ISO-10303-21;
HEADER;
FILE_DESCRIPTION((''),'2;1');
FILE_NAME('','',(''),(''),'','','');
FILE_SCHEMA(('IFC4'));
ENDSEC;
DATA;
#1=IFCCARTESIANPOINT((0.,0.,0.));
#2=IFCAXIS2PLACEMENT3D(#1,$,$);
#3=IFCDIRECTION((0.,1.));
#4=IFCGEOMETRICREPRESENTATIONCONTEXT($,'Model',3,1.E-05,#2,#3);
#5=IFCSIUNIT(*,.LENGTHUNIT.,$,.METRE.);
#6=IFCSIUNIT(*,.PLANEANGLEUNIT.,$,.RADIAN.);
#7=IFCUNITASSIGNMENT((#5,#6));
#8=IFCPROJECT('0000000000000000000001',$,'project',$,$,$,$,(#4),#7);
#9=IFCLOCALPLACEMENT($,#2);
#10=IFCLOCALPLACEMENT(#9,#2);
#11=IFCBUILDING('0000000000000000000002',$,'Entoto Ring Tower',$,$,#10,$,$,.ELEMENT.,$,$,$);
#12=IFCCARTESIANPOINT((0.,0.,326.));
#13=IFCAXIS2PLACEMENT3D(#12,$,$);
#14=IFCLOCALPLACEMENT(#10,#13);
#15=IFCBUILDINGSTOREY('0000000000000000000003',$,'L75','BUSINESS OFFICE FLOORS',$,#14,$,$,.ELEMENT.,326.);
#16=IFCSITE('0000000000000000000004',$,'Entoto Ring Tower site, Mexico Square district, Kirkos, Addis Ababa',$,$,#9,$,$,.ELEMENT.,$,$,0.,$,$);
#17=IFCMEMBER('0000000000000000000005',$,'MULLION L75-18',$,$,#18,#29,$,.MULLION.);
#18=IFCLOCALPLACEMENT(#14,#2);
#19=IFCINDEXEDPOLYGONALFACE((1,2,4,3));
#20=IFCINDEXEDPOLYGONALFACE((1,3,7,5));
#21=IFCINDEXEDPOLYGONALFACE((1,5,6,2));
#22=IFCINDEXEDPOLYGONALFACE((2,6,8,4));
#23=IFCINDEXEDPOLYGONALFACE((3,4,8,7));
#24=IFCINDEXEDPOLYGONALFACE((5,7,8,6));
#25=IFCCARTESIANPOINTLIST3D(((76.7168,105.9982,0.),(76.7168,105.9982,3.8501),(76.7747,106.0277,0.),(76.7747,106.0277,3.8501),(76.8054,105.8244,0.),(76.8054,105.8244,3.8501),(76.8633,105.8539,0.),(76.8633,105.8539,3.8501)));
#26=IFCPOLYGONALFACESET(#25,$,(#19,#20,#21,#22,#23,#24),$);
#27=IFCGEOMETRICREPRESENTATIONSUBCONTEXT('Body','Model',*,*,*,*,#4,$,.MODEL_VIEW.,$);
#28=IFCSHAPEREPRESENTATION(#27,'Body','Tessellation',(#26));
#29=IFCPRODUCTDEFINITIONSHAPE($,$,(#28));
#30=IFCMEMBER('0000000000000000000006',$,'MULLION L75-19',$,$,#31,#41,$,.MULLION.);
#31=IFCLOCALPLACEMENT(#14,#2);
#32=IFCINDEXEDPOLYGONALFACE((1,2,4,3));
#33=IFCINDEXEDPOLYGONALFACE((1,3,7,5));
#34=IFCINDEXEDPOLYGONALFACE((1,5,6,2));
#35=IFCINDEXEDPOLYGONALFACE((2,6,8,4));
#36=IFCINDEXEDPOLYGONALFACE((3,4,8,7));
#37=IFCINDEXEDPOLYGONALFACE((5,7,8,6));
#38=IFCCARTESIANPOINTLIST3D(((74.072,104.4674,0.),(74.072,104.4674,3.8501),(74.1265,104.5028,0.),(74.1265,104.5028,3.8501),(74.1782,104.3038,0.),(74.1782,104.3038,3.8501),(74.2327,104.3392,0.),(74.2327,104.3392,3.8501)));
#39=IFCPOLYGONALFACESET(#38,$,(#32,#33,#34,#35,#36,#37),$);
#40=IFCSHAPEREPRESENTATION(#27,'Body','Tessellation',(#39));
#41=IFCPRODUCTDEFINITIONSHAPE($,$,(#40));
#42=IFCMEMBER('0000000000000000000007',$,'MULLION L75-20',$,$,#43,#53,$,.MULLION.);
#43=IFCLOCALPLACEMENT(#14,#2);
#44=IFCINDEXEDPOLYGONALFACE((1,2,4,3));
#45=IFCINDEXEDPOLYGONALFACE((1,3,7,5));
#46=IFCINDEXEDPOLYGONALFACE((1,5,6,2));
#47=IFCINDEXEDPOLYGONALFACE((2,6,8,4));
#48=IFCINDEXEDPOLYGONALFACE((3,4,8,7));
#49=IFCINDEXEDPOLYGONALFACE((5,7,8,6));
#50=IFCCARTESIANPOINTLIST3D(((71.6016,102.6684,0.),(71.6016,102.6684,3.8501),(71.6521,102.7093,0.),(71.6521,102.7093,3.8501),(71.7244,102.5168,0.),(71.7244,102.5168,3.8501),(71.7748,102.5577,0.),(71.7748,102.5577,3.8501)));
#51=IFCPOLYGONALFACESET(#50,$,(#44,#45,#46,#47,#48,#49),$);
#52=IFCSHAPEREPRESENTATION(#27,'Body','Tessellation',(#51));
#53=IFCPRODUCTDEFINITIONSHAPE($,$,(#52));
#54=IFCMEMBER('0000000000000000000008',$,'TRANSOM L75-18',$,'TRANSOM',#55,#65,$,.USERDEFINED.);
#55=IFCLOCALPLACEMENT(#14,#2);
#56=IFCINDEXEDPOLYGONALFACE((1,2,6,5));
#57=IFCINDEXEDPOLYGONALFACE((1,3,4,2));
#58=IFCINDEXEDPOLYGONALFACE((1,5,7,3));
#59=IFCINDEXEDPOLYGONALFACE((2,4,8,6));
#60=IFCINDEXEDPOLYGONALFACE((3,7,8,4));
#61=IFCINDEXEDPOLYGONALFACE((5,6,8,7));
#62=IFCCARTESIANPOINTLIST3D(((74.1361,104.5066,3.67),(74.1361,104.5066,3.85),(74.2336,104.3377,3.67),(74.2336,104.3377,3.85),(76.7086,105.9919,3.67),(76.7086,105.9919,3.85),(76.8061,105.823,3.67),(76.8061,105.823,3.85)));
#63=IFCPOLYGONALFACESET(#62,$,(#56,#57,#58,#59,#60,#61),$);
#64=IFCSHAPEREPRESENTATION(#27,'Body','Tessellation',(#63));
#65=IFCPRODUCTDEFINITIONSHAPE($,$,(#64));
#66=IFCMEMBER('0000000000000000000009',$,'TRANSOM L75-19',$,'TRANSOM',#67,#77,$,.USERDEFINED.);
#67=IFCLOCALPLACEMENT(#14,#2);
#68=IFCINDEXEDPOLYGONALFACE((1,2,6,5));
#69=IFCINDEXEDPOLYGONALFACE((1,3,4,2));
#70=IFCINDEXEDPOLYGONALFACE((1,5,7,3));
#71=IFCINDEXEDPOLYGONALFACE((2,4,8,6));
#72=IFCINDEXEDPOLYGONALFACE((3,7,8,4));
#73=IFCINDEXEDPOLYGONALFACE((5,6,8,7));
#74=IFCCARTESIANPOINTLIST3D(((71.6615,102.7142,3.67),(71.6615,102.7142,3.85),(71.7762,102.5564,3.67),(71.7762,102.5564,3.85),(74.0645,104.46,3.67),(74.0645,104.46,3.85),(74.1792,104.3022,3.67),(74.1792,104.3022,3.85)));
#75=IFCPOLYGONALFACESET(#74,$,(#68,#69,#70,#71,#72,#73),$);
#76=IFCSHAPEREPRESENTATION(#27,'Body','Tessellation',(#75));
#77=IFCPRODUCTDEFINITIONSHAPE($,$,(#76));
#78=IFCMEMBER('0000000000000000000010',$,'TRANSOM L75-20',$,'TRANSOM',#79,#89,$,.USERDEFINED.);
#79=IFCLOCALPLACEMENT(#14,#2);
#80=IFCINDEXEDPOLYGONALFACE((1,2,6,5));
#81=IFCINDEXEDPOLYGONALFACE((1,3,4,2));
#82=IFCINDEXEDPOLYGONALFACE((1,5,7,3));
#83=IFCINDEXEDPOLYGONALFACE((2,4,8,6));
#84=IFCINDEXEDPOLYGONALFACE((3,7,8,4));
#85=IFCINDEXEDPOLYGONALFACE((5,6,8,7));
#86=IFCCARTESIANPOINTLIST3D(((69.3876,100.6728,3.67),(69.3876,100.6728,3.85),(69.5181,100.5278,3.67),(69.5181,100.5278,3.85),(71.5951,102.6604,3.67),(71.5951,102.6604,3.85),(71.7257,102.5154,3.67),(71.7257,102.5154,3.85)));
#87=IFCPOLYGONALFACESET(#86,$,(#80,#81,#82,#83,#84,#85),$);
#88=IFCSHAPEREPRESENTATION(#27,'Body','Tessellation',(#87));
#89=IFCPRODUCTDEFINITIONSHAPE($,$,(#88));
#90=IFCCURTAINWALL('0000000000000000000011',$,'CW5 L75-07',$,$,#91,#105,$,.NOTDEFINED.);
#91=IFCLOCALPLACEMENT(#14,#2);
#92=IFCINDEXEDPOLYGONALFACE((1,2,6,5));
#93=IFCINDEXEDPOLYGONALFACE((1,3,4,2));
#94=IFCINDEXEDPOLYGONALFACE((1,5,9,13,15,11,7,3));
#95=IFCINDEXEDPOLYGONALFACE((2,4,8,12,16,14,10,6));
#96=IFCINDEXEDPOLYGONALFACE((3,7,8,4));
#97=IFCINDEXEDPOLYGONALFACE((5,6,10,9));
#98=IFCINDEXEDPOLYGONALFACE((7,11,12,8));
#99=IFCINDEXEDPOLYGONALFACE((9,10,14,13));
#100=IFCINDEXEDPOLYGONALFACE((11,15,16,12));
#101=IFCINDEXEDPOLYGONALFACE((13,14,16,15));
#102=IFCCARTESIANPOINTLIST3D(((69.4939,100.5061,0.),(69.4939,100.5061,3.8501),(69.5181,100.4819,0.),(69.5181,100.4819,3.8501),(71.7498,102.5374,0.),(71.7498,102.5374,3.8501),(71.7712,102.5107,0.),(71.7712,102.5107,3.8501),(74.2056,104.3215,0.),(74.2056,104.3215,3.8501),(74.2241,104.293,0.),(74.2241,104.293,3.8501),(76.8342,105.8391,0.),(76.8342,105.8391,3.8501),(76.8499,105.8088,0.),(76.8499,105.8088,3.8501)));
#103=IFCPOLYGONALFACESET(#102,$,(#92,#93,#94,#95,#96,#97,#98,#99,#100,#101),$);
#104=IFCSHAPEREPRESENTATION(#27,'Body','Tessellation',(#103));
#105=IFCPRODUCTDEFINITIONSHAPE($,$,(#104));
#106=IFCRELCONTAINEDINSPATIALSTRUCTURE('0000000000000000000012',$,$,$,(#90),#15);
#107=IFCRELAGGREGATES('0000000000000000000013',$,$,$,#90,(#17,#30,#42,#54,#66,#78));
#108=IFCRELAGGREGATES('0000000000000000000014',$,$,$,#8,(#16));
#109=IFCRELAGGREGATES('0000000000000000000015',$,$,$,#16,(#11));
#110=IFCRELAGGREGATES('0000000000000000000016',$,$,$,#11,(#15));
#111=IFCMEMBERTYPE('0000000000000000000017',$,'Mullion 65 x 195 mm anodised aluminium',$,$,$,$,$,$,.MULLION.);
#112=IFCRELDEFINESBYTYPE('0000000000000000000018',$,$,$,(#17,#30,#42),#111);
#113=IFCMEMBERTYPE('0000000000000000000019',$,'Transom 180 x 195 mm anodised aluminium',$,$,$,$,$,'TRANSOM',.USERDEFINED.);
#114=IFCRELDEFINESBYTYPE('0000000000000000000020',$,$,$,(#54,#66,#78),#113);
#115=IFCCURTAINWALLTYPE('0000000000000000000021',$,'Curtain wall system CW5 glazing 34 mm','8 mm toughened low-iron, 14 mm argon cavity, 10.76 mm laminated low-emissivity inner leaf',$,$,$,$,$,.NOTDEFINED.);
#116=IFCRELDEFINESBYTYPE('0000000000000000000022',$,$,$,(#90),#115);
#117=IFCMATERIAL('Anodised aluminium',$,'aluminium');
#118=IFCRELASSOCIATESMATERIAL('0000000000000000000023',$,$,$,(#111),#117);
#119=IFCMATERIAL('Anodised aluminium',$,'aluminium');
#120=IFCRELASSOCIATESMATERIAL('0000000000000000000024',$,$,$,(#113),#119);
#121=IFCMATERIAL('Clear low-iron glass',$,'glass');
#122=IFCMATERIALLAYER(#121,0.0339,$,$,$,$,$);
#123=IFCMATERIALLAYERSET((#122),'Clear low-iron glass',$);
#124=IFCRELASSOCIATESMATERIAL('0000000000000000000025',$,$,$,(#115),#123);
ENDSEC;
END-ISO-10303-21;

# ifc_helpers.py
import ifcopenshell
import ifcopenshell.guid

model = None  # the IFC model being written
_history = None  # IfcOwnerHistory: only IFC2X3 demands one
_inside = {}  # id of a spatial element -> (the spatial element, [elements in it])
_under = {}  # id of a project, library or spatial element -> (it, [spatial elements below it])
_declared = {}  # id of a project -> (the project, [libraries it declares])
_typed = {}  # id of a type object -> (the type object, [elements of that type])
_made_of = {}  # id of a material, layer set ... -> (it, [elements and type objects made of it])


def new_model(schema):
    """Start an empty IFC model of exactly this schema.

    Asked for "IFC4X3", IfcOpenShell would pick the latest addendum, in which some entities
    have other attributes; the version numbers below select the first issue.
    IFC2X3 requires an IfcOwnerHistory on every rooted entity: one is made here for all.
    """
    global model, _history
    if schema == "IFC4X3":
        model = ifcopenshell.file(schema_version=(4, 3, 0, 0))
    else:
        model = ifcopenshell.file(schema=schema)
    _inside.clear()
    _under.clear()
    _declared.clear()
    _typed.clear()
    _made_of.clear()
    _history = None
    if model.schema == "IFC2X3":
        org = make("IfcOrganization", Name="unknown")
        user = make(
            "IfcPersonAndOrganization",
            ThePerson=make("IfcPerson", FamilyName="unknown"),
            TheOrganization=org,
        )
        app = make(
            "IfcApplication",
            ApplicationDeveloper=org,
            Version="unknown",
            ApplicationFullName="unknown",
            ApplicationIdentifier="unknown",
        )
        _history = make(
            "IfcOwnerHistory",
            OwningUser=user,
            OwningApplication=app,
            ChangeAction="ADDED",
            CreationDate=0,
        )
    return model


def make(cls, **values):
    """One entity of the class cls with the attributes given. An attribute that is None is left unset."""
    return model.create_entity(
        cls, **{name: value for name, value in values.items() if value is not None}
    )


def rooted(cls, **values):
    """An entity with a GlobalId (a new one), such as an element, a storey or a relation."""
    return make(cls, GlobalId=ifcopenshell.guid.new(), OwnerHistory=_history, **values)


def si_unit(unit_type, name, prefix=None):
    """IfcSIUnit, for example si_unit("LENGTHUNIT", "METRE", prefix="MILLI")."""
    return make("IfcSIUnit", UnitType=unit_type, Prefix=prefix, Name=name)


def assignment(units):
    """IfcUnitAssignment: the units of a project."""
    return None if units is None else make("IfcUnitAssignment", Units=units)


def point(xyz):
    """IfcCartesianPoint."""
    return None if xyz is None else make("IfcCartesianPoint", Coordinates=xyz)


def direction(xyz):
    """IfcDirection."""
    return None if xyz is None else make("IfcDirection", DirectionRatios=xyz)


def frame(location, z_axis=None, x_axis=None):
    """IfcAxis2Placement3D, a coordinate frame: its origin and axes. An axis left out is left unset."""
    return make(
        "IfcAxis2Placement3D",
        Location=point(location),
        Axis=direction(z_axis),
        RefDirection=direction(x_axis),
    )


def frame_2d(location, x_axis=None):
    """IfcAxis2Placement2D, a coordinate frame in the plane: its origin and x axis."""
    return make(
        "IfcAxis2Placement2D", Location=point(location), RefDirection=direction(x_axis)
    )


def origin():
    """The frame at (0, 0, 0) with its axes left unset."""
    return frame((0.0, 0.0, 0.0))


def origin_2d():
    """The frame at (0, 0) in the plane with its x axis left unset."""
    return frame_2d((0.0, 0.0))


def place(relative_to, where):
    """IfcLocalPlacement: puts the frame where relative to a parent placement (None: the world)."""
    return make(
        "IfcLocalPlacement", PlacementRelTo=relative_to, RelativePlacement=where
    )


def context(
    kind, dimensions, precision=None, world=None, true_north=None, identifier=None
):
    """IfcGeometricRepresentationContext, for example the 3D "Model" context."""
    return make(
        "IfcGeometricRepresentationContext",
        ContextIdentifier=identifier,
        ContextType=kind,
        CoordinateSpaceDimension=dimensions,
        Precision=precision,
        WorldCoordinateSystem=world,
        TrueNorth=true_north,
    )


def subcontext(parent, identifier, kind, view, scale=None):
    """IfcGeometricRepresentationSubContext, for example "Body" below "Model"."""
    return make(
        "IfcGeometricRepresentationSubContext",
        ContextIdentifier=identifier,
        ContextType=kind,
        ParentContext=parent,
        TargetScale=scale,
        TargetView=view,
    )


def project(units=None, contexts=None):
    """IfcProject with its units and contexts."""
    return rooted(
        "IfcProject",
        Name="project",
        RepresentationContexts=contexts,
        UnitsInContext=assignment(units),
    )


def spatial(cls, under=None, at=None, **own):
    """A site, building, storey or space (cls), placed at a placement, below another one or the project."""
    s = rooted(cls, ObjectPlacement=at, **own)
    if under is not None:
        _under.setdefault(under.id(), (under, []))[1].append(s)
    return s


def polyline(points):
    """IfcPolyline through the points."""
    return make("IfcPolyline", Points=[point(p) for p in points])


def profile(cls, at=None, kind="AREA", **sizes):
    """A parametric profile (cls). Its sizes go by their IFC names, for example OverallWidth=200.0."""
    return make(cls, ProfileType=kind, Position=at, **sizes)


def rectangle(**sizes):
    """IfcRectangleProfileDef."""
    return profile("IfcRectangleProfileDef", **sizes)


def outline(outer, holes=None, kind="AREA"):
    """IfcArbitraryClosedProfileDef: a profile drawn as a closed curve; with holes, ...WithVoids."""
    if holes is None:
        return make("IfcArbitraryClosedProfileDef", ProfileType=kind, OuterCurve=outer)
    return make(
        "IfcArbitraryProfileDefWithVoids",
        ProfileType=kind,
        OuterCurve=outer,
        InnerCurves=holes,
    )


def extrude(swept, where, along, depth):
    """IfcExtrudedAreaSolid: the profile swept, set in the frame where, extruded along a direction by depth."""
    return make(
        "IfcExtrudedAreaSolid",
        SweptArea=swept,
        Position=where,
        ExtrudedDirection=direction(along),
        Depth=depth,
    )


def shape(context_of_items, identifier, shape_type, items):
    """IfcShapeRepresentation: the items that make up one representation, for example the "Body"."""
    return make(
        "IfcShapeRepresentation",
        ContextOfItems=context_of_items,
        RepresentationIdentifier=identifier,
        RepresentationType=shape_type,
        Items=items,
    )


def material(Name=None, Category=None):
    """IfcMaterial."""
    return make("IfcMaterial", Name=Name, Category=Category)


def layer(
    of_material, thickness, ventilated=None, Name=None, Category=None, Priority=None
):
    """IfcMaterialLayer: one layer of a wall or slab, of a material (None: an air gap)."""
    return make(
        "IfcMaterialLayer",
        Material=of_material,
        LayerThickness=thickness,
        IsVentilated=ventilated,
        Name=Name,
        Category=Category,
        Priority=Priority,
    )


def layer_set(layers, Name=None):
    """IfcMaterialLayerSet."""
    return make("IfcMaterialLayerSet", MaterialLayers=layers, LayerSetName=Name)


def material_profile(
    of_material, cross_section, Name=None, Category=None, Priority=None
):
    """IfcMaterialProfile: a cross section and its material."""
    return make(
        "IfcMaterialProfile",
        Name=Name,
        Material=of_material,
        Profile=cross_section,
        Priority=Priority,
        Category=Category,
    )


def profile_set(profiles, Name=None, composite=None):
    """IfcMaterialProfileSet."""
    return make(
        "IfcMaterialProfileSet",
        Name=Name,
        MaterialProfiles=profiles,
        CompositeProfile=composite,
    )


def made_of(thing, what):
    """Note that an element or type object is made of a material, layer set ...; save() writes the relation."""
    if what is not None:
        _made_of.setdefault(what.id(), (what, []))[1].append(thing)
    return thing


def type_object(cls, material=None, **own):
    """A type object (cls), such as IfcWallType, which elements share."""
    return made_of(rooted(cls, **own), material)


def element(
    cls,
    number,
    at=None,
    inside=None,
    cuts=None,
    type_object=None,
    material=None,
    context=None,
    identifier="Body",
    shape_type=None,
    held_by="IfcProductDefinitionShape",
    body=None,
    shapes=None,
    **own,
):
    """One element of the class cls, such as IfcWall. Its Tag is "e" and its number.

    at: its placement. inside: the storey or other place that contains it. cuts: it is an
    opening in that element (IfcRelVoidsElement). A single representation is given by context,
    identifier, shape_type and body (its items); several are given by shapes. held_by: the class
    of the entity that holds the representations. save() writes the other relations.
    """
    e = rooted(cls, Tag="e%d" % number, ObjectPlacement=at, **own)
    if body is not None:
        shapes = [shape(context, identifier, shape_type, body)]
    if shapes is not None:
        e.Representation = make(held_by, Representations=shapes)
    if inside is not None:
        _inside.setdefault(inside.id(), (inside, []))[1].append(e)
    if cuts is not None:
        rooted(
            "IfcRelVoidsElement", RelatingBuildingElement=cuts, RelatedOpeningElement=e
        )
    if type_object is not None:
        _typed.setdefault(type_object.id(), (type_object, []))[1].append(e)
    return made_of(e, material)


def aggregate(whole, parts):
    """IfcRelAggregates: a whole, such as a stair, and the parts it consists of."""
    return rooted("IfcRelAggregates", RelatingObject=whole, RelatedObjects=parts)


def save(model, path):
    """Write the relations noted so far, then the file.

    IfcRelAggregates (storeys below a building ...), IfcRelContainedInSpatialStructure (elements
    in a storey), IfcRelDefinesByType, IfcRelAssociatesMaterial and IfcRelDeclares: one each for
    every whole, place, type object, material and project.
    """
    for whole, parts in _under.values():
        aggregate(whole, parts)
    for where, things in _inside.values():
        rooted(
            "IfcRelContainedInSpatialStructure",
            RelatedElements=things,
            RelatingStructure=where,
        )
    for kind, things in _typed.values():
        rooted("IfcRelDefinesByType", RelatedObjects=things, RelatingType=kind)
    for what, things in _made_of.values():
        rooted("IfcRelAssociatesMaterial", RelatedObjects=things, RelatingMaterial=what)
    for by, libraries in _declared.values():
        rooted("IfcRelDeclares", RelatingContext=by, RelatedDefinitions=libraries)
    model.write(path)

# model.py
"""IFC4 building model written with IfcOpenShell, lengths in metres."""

from ifc_helpers import new_model, si_unit, direction, frame, origin, origin_2d, place, context, subcontext, project, spatial, polyline, rectangle, outline, extrude, material, layer, layer_set, material_profile, profile_set, type_object, element, aggregate, save


model = new_model("IFC4")

# Units and contexts
model_context = context("Model", 3, precision=1e-05, world=origin(), true_north=direction((0.0, 1.0)))
body_context = subcontext(model_context, "Body", "Model", "MODEL_VIEW")
ifc_project = project(units=[si_unit("LENGTHUNIT", "METRE"), si_unit("PLANEANGLEUNIT", "RADIAN")], contexts=[model_context])

# Members
ifc_material_1 = material(Name="Anodised aluminium", Category="aluminium")
ifc_material_profile_1 = material_profile(ifc_material_1, rectangle(XDim=0.0649, YDim=0.1951, at=origin_2d()), Name="Mullion 65 x 195 mm anodised aluminium")
ifc_profile_set_1 = profile_set([ifc_material_profile_1], Name="Anodised aluminium")
member_type_1 = type_object("IfcMemberType", Name="Mullion 65 x 195 mm anodised aluminium", PredefinedType="MULLION", material=ifc_profile_set_1)
site_placement = place(None, origin())
building_placement = place(site_placement, origin())
storey_placement = place(building_placement, frame((0.0, 0.0, 326.0)))
member_1_placement = place(storey_placement, frame((76.79, 105.926, 0.0), z_axis=(0.0, 0.0, 1.0), x_axis=(-0.891007, -0.45399, 0.0)))
member_1 = element("IfcMember", 1, at=member_1_placement, type_object=member_type_1, Name="MULLION L75-18", PredefinedType="MULLION", context=body_context, shape_type="SweptSolid", body=[
    extrude(rectangle(XDim=0.0649, YDim=0.1951, at=origin_2d()), origin(), (0.0, 0.0, 1.0), 3.8501),
])
member_2_placement = place(storey_placement, frame((74.1523, 104.4033, 0.0), z_axis=(0.0, 0.0, 1.0), x_axis=(-0.838671, -0.544639, 0.0)))
member_2 = element("IfcMember", 2, at=member_2_placement, type_object=member_type_1, Name="MULLION L75-19", PredefinedType="MULLION", context=body_context, shape_type="SweptSolid", body=[
    extrude(rectangle(XDim=0.0649, YDim=0.1951, at=origin_2d()), origin(), (0.0, 0.0, 1.0), 3.8501),
])
member_3_placement = place(storey_placement, frame((71.6882, 102.613, 0.0), z_axis=(0.0, 0.0, 1.0), x_axis=(-0.777146, -0.62932, 0.0)))
member_3 = element("IfcMember", 3, at=member_3_placement, type_object=member_type_1, Name="MULLION L75-20", PredefinedType="MULLION", context=body_context, shape_type="SweptSolid", body=[
    extrude(rectangle(XDim=0.0649, YDim=0.1951, at=origin_2d()), origin(), (0.0, 0.0, 1.0), 3.8501),
])
ifc_material_2 = material(Name="Anodised aluminium", Category="aluminium")
ifc_material_profile_2 = material_profile(ifc_material_2, rectangle(XDim=0.1951, YDim=0.1799, at=origin_2d()), Name="Transom 180 x 195 mm anodised aluminium")
ifc_profile_set_2 = profile_set([ifc_material_profile_2], Name="Anodised aluminium")
member_type_2 = type_object("IfcMemberType", Name="Transom 180 x 195 mm anodised aluminium", ElementType="TRANSOM", PredefinedType="USERDEFINED", material=ifc_profile_set_2)
member_4_placement = place(storey_placement, frame((76.7573, 105.9075, 3.76), z_axis=(-0.866009, -0.500028, 0.0), x_axis=(0.500028, -0.866009, 0.0)))
member_4 = element("IfcMember", 4, at=member_4_placement, type_object=member_type_2, Name="TRANSOM L75-18", ObjectType="TRANSOM", PredefinedType="USERDEFINED", context=body_context, shape_type="SweptSolid", body=[
    extrude(rectangle(XDim=0.1951, YDim=0.1799, at=origin_2d()), origin(), (0.0, 0.0, 1.0), 2.9705),
])
member_5_placement = place(storey_placement, frame((74.1218, 104.3811, 3.76), z_axis=(-0.809031, -0.587766, 0.0), x_axis=(0.587766, -0.809031, 0.0)))
member_5 = element("IfcMember", 5, at=member_5_placement, type_object=member_type_2, Name="TRANSOM L75-19", ObjectType="TRANSOM", PredefinedType="USERDEFINED", context=body_context, shape_type="SweptSolid", body=[
    extrude(rectangle(XDim=0.1951, YDim=0.1799, at=origin_2d()), origin(), (0.0, 0.0, 1.0), 2.9702),
])
member_6_placement = place(storey_placement, frame((71.6604, 102.5879, 3.76), z_axis=(-0.743163, -0.66911, 0.0), x_axis=(0.66911, -0.743163, 0.0)))
member_6 = element("IfcMember", 6, at=member_6_placement, type_object=member_type_2, Name="TRANSOM L75-20", ObjectType="TRANSOM", PredefinedType="USERDEFINED", context=body_context, shape_type="SweptSolid", body=[
    extrude(rectangle(XDim=0.1951, YDim=0.1799, at=origin_2d()), origin(), (0.0, 0.0, 1.0), 2.9705),
])

# Site, building, storey
site = spatial("IfcSite", under=ifc_project, at=site_placement, Name="Entoto Ring Tower site, Mexico Square district, Kirkos, Addis Ababa", CompositionType="ELEMENT", RefElevation=0.0)
building = spatial("IfcBuilding", under=site, at=building_placement, Name="Entoto Ring Tower", CompositionType="ELEMENT")
storey = spatial("IfcBuildingStorey", under=building, at=storey_placement, Name="L75", Description="BUSINESS OFFICE FLOORS", CompositionType="ELEMENT", Elevation=326.0)

# Curtain wall
ifc_material_3 = material(Name="Clear low-iron glass", Category="glass")
ifc_layer = layer(ifc_material_3, 0.0339)
ifc_layer_set = layer_set([ifc_layer], Name="Clear low-iron glass")
curtain_wall_type = type_object("IfcCurtainWallType", Name="Curtain wall system CW5 glazing 34 mm", Description="8 mm toughened low-iron, 14 mm argon cavity, 10.76 mm laminated low-emissivity inner leaf", PredefinedType="NOTDEFINED", material=ifc_layer_set)
curtain_wall_1_placement = place(storey_placement, origin())
curtain_wall_1 = element("IfcCurtainWall", 7, at=curtain_wall_1_placement, inside=storey, type_object=curtain_wall_type, Name="CW5 L75-07", PredefinedType="NOTDEFINED", context=body_context, shape_type="SweptSolid", body=[
    extrude(outline(polyline([(76.8342, 105.8391), (74.2056, 104.3215), (71.7498, 102.5374), (69.4939, 100.5061), (69.5181, 100.4819), (71.7712, 102.5107), (74.2241, 104.293), (76.8499, 105.8088), (76.8342, 105.8391)])), origin(), (0.0, 0.0, 1.0), 3.8501),
])
aggregate(curtain_wall_1, [member_1, member_2, member_3, member_4, member_5, member_6])

save(model, "model.ifc")
